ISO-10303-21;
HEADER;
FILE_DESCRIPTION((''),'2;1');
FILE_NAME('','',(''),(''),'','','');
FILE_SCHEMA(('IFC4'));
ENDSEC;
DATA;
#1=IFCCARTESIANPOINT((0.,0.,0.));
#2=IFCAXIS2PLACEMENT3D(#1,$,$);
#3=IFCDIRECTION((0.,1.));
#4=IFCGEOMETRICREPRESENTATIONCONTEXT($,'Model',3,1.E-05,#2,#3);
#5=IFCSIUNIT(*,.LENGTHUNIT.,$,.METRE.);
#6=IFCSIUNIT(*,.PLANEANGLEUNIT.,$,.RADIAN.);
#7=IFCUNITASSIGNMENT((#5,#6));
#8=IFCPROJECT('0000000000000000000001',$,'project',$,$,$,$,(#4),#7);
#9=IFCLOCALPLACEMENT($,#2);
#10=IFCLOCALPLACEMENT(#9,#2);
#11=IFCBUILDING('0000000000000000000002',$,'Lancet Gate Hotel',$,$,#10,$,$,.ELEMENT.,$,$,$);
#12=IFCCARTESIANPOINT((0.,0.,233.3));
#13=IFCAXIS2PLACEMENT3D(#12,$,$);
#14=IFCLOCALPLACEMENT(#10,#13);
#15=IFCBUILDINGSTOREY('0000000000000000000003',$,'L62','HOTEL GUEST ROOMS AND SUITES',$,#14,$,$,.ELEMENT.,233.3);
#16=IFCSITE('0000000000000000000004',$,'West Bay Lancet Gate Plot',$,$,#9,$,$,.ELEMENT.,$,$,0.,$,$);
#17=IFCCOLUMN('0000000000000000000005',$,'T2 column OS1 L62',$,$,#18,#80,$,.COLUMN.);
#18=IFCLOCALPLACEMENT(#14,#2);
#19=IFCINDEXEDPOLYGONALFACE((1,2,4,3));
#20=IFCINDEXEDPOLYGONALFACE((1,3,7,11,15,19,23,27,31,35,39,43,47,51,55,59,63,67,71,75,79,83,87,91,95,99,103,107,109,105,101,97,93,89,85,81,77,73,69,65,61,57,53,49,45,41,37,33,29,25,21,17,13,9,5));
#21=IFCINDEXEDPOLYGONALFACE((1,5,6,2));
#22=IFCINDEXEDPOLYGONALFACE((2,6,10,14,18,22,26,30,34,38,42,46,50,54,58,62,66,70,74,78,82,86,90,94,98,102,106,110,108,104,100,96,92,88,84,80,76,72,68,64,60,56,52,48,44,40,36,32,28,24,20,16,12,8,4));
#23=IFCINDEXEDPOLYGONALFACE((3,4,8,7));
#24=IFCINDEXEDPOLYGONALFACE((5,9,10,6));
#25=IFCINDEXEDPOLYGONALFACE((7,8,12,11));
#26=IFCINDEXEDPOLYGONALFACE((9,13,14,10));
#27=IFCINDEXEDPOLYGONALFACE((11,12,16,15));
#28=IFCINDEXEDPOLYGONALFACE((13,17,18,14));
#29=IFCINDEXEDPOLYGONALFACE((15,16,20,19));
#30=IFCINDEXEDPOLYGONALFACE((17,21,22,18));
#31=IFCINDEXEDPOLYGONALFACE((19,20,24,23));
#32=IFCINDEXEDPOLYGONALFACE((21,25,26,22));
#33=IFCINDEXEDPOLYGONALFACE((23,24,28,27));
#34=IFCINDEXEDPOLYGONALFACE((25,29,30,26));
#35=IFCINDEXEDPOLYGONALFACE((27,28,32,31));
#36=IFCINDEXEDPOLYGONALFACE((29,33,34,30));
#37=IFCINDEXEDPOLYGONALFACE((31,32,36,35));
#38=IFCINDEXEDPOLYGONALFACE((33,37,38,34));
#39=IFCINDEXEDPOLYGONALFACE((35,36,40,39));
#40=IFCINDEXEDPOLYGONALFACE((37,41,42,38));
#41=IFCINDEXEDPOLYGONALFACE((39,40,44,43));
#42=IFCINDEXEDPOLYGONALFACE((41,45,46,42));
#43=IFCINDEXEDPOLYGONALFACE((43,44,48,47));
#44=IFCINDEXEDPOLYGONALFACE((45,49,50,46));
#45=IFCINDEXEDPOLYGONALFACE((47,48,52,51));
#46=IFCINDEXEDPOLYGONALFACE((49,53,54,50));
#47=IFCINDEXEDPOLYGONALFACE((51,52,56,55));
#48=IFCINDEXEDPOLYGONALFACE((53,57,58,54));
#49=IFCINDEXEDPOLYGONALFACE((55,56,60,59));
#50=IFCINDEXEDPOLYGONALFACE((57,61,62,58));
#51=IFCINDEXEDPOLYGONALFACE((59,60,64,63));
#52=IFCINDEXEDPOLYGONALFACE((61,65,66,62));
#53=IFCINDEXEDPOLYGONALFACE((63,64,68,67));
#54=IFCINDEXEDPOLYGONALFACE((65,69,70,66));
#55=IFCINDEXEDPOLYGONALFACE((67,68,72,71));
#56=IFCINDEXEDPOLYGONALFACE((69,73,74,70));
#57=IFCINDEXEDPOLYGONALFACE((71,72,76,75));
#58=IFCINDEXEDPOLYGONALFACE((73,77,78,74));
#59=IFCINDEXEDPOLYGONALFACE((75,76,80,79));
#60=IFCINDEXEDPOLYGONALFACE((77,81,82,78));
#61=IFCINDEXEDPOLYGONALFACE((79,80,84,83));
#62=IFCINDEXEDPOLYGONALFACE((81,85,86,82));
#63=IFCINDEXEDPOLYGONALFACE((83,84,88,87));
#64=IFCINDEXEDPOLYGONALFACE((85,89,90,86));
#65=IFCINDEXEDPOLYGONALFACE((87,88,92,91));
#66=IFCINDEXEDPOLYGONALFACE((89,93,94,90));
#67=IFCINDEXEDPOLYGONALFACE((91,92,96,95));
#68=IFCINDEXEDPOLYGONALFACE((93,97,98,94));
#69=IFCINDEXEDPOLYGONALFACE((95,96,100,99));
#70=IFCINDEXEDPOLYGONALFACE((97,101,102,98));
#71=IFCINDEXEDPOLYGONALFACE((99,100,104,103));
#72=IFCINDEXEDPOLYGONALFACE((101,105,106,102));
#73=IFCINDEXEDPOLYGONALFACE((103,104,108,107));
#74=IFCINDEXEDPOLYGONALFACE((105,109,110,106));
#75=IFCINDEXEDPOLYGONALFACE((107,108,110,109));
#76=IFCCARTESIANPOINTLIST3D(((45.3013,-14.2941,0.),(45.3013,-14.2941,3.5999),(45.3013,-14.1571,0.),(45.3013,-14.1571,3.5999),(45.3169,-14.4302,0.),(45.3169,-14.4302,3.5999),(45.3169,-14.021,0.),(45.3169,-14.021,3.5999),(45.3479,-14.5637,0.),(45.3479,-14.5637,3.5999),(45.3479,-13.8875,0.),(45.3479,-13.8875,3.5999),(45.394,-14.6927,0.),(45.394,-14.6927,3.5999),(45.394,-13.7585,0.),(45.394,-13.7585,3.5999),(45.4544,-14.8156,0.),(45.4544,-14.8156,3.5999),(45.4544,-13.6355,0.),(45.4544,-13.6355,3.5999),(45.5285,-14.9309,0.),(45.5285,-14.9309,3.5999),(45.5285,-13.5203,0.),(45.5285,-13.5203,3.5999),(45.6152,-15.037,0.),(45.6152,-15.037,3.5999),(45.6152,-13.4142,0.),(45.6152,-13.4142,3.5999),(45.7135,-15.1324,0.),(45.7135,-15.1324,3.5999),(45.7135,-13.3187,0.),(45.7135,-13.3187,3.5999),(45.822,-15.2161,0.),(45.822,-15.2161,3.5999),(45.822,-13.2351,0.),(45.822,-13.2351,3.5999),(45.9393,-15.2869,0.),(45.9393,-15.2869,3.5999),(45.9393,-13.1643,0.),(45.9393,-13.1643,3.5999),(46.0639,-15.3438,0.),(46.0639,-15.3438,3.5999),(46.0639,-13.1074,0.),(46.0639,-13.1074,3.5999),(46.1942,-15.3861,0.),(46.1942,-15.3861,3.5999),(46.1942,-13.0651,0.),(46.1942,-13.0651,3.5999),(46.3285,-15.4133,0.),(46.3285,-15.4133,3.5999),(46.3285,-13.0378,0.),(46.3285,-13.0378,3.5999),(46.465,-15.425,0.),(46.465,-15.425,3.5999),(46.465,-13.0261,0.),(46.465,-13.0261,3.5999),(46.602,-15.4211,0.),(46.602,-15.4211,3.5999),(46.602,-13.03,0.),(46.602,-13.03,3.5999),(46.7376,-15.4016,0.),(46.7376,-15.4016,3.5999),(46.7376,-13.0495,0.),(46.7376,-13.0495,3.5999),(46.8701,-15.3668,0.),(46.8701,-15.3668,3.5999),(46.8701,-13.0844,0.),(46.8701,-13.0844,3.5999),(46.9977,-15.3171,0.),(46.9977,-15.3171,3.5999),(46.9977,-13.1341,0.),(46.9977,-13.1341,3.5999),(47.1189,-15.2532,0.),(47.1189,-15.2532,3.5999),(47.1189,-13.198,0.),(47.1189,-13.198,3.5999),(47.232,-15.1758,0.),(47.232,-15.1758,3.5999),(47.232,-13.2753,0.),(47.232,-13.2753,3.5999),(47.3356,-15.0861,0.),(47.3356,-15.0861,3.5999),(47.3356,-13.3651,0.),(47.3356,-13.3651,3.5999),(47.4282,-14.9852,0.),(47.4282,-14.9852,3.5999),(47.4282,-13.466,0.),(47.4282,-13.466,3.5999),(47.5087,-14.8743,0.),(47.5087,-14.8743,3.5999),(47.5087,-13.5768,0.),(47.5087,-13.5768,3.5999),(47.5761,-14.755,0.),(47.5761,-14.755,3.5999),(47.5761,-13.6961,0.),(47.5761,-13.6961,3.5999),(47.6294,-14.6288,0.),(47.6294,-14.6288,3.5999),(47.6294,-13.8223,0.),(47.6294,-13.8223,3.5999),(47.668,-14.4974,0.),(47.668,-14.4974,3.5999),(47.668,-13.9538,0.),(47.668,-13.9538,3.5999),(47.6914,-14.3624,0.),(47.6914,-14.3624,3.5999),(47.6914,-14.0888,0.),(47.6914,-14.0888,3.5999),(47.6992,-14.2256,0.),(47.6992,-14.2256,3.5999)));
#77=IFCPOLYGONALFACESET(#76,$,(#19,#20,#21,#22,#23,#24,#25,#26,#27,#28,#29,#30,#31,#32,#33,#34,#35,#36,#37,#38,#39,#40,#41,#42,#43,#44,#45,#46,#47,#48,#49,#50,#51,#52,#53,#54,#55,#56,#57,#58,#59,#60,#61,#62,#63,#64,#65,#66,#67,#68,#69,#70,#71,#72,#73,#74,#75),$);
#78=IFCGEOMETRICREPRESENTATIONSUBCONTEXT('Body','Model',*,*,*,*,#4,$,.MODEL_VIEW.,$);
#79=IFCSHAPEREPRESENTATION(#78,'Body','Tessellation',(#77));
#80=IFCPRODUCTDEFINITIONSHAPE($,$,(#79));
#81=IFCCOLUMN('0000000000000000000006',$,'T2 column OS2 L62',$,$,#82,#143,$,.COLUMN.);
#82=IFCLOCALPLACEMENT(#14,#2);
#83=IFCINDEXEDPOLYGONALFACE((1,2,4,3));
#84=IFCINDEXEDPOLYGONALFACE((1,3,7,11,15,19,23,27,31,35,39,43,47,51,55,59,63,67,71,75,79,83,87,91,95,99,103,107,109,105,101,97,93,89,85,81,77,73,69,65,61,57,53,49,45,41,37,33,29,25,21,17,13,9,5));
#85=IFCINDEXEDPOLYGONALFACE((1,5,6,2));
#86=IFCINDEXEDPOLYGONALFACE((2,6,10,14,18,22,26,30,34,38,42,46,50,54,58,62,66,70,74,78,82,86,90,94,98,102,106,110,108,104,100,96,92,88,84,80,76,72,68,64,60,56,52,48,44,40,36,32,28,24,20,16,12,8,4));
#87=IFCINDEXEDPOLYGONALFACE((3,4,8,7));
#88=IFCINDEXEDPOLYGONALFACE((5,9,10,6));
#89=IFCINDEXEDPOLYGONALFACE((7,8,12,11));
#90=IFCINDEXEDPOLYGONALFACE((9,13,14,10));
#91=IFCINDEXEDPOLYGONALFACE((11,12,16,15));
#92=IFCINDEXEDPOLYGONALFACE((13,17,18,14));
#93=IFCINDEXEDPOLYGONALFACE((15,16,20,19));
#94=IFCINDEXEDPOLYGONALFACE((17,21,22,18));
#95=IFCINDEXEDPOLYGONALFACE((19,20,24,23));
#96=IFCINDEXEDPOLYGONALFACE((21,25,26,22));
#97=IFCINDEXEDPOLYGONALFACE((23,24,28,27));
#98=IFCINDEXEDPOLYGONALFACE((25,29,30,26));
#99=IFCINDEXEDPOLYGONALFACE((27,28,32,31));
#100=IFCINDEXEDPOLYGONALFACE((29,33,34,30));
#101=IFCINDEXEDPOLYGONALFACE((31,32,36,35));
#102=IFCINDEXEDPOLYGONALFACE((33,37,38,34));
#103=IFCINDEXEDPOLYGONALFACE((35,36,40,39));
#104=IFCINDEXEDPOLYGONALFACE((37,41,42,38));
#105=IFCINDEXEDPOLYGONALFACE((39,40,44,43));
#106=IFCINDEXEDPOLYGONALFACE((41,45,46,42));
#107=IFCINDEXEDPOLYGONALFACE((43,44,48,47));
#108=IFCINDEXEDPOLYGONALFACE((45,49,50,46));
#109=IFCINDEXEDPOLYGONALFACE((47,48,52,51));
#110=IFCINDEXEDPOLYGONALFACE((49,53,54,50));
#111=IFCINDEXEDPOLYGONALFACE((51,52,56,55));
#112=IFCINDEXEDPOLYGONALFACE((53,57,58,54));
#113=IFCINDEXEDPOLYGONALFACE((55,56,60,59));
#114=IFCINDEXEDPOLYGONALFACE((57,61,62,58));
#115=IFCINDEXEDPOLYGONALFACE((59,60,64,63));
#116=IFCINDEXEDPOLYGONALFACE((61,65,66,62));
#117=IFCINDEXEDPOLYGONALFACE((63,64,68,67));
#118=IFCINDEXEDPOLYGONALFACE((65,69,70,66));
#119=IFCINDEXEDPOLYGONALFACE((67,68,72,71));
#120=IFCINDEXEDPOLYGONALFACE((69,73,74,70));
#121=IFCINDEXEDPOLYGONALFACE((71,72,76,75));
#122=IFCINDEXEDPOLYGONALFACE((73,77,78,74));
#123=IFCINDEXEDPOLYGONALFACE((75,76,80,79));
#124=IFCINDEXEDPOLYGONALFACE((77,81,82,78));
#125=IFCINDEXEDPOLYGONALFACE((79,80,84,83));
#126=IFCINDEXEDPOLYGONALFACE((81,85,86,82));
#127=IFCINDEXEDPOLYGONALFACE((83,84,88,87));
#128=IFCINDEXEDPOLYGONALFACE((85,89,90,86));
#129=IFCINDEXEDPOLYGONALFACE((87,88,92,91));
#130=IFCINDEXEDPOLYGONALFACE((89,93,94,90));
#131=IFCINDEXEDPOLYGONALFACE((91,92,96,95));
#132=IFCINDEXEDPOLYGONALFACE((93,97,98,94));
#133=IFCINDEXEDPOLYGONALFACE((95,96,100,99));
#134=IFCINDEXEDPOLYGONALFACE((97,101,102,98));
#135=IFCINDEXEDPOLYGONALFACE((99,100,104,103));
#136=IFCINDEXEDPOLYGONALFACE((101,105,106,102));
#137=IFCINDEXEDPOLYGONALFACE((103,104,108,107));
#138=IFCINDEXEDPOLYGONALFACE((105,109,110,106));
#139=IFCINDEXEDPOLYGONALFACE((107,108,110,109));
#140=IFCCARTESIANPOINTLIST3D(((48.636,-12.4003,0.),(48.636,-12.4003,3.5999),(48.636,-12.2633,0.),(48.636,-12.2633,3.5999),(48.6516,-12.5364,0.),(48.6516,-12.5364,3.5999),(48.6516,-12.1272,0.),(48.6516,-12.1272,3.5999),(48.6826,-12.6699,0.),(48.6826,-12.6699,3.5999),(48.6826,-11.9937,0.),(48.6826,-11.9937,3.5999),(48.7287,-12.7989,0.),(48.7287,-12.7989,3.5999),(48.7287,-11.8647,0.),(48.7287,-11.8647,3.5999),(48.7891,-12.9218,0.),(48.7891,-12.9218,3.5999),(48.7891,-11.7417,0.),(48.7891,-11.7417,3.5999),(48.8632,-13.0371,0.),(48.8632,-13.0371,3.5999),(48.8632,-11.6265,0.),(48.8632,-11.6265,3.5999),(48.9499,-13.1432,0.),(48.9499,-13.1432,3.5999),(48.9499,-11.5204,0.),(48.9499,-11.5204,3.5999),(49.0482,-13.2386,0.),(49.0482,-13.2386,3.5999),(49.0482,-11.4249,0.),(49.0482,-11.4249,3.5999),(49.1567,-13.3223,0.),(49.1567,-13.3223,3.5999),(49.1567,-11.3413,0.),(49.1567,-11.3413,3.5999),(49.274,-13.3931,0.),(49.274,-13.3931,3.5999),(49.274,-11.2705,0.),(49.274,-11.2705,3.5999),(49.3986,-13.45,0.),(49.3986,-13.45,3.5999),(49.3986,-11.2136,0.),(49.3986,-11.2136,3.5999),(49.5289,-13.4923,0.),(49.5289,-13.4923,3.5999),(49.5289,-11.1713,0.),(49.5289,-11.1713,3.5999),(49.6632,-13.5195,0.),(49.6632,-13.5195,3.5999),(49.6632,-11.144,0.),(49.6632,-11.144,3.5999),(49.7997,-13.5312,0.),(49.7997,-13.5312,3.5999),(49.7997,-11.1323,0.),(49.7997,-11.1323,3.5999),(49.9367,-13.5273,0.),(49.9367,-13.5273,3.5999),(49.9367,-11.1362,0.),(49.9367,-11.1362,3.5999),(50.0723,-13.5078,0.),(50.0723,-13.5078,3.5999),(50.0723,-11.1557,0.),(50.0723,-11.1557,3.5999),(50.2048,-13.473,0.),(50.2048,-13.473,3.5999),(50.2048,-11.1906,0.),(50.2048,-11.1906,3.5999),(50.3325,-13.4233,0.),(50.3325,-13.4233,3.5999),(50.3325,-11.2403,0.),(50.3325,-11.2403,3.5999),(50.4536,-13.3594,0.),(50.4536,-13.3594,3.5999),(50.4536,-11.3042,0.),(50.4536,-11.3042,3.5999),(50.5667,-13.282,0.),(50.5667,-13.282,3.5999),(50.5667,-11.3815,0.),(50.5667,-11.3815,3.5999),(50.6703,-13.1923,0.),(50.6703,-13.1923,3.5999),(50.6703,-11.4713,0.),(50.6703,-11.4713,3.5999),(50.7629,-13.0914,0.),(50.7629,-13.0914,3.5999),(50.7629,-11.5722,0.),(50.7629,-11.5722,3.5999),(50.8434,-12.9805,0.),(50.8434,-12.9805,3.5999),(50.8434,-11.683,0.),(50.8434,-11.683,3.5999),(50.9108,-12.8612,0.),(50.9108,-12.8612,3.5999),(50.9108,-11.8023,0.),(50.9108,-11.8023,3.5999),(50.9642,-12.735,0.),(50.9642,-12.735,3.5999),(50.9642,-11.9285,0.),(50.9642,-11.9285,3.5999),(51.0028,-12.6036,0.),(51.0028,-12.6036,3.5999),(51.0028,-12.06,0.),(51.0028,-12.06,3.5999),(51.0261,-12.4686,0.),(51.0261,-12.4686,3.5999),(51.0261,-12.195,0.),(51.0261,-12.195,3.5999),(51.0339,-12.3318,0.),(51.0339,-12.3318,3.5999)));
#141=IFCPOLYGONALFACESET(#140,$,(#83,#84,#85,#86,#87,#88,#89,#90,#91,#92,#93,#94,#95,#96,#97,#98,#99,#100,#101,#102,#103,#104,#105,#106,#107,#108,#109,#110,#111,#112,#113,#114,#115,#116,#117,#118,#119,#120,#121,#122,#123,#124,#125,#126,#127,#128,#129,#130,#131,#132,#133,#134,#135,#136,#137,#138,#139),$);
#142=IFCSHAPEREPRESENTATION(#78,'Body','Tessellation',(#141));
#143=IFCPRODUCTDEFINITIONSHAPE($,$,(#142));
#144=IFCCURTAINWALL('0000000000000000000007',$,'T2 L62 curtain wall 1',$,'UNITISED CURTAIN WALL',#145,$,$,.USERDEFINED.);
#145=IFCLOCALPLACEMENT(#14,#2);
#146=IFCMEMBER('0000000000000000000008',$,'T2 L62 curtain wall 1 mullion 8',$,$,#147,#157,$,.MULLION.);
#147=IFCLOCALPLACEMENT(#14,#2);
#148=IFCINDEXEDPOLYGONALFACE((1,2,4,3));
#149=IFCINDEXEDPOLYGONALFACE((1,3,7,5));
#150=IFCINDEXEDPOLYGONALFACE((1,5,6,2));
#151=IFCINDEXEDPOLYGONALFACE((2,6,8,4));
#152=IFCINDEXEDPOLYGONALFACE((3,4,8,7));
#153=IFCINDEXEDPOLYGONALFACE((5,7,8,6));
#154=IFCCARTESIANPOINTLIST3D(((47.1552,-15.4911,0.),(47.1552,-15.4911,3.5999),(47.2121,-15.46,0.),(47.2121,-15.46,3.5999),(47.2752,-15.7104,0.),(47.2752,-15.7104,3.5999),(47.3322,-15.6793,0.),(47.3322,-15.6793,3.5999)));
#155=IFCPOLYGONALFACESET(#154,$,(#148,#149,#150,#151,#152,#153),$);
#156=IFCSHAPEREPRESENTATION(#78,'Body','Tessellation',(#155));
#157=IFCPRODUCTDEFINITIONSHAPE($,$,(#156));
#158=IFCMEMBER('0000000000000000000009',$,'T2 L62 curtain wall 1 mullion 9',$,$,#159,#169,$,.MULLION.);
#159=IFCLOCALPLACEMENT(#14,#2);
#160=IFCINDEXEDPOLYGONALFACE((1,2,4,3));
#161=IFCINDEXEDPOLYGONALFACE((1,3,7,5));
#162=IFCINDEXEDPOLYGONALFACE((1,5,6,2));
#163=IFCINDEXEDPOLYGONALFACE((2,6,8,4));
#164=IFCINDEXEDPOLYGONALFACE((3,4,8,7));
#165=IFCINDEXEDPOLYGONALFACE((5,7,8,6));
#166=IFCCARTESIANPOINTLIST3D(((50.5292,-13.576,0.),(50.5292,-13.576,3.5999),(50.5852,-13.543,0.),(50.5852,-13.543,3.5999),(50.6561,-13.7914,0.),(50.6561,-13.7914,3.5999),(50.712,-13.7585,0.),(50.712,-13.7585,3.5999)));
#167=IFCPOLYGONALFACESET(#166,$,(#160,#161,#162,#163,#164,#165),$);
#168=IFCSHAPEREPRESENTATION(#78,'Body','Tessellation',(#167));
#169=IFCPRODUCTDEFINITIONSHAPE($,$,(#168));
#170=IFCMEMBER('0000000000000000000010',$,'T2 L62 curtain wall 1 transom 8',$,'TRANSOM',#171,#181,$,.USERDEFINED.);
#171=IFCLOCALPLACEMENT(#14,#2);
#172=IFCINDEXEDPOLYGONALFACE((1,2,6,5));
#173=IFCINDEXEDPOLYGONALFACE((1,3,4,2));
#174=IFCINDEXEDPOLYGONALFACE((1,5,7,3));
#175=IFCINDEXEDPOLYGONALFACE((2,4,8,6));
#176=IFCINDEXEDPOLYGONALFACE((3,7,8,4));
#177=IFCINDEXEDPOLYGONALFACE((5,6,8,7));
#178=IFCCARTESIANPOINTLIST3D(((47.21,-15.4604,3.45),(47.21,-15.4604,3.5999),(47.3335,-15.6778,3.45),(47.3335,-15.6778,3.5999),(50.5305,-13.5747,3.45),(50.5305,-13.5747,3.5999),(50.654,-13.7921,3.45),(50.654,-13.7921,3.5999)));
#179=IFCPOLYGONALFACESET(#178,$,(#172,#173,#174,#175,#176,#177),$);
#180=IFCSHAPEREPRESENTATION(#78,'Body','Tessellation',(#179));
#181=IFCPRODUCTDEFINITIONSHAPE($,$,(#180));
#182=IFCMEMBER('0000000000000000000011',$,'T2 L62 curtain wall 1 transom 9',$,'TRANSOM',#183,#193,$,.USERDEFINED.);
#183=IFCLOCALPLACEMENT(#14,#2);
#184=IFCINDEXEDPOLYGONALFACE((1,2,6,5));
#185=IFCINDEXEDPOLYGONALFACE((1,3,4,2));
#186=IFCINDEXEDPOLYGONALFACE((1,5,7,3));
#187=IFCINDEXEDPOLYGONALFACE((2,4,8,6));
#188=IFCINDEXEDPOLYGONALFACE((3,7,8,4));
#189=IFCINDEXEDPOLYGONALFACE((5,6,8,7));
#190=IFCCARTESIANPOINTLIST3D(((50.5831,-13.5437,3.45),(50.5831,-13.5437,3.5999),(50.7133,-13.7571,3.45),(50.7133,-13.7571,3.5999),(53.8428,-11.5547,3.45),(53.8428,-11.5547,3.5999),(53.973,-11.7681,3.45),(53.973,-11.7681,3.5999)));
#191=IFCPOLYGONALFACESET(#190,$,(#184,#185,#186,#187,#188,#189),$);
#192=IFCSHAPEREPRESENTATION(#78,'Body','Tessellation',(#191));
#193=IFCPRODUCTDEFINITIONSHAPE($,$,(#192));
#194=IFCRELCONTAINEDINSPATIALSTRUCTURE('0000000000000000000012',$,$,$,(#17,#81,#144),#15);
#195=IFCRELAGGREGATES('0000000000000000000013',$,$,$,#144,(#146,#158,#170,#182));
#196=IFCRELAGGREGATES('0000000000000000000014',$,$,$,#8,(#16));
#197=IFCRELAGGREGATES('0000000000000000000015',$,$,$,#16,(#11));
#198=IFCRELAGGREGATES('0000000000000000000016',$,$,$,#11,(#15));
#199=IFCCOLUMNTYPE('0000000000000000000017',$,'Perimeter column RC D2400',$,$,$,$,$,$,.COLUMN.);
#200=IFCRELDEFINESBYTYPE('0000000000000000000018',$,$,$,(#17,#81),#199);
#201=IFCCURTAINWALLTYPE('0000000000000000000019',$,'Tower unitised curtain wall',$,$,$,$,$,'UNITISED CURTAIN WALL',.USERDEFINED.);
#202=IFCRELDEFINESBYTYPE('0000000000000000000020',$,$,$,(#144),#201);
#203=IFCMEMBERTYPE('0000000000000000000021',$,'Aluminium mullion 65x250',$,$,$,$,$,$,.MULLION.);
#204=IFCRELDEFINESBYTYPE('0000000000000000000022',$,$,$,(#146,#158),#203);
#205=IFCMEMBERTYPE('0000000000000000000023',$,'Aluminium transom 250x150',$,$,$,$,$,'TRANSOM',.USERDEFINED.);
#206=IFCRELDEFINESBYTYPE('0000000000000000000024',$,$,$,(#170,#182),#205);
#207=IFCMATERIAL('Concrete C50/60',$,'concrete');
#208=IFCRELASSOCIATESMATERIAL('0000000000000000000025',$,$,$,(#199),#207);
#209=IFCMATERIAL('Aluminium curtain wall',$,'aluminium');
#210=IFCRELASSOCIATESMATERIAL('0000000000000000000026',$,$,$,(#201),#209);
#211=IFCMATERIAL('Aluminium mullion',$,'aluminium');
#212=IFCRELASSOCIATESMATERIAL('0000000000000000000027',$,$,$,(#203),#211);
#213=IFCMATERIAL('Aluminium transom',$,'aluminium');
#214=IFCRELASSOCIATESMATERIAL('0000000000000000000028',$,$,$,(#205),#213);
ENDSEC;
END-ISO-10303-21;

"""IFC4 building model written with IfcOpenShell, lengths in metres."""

from ifc_helpers import new_model, si_unit, direction, frame, origin, origin_2d, place, context, subcontext, project, spatial, rectangle, circle, extrude, material, material_profile, profile_set, type_object, element, aggregate, save


model = new_model("IFC4")

# Units and contexts
model_context = context("Model", 3, precision=1e-05, world=origin(), true_north=direction((0.0, 1.0)))
body_context = subcontext(model_context, "Body", "Model", "MODEL_VIEW")
ifc_project = project(units=[si_unit("LENGTHUNIT", "METRE"), si_unit("PLANEANGLEUNIT", "RADIAN")], contexts=[model_context])

# Site, building, storey
site_placement = place(None, origin())
site = spatial("IfcSite", under=ifc_project, at=site_placement, Name="West Bay Lancet Gate Plot", CompositionType="ELEMENT", RefElevation=0.0)
building_placement = place(site_placement, origin())
building = spatial("IfcBuilding", under=site, at=building_placement, Name="Lancet Gate Hotel", CompositionType="ELEMENT")
storey_placement = place(building_placement, frame((0.0, 0.0, 233.3)))
storey = spatial("IfcBuildingStorey", under=building, at=storey_placement, Name="L62", Description="HOTEL GUEST ROOMS AND SUITES", CompositionType="ELEMENT", Elevation=233.3)

# Columns
ifc_material_1 = material(Name="Concrete C50/60", Category="concrete")
ifc_material_profile_1 = material_profile(ifc_material_1, circle(Radius=1.2, at=origin_2d()), Name="RC D2400")
ifc_profile_set_1 = profile_set([ifc_material_profile_1], Name="Concrete C50/60")
column_type = type_object("IfcColumnType", Name="Perimeter column RC D2400", PredefinedType="COLUMN", material=ifc_profile_set_1)
for number, where, z_axis, x_axis, name in (
    (1, (46.4993, -14.2256, 0.0), (0.0, 0.0, 1.0), (1.0, 0.0, 0.0), "T2 column OS1 L62"),
    (2, (49.834, -12.3318, 0.0), (0.0, 0.0, 1.0), (1.0, 0.0, 0.0), "T2 column OS2 L62"),
):
    element("IfcColumn", number, at=place(storey_placement, frame(where, z_axis=z_axis, x_axis=x_axis)), inside=storey, type_object=column_type, Name=name, PredefinedType="COLUMN", context=body_context, shape_type="SweptSolid", body=[
        extrude(circle(Radius=1.2, at=origin_2d()), origin(), (0.0, 0.0, 1.0), 3.5999),
    ])

# Curtain wall, members
ifc_material_2 = material(Name="Aluminium curtain wall", Category="aluminium")
curtain_wall_type = type_object("IfcCurtainWallType", Name="Tower unitised curtain wall", ElementType="UNITISED CURTAIN WALL", PredefinedType="USERDEFINED", material=ifc_material_2)
curtain_wall_placement = place(storey_placement, origin())
curtain_wall = element("IfcCurtainWall", 3, at=curtain_wall_placement, inside=storey, type_object=curtain_wall_type, Name="T2 L62 curtain wall 1", ObjectType="UNITISED CURTAIN WALL", PredefinedType="USERDEFINED")
ifc_material_3 = material(Name="Aluminium mullion", Category="aluminium")
ifc_material_profile_2 = material_profile(ifc_material_3, rectangle(XDim=0.0649, YDim=0.25, at=origin_2d()), Name="MULLION 65x250")
ifc_profile_set_2 = profile_set([ifc_material_profile_2], Name="Aluminium mullion")
member_type_1 = type_object("IfcMemberType", Name="Aluminium mullion 65x250", PredefinedType="MULLION", material=ifc_profile_set_2)
member_1_placement = place(storey_placement, frame((47.2437, -15.5852, 0.0), z_axis=(0.0, 0.0, 1.0), x_axis=(0.877195, 0.480135, 0.0)))
member_1 = element("IfcMember", 4, at=member_1_placement, type_object=member_type_1, Name="T2 L62 curtain wall 1 mullion 8", PredefinedType="MULLION", context=body_context, shape_type="SweptSolid", body=[
    extrude(rectangle(XDim=0.0649, YDim=0.25, at=origin_2d()), origin(), (0.0, 0.0, 1.0), 3.5999),
])
member_2_placement = place(storey_placement, frame((50.6206, -13.6672, 0.0), z_axis=(0.0, 0.0, 1.0), x_axis=(0.861692, 0.507432, 0.0)))
member_2 = element("IfcMember", 5, at=member_2_placement, type_object=member_type_1, Name="T2 L62 curtain wall 1 mullion 9", PredefinedType="MULLION", context=body_context, shape_type="SweptSolid", body=[
    extrude(rectangle(XDim=0.0649, YDim=0.25, at=origin_2d()), origin(), (0.0, 0.0, 1.0), 3.5999),
])
ifc_material_4 = material(Name="Aluminium transom", Category="aluminium")
ifc_material_profile_3 = material_profile(ifc_material_4, rectangle(XDim=0.25, YDim=0.1499, at=origin_2d()), Name="TRANSOM 250x150")
ifc_profile_set_3 = profile_set([ifc_material_profile_3], Name="Aluminium transom")
member_type_2 = type_object("IfcMemberType", Name="Aluminium transom 250x150", ElementType="TRANSOM", PredefinedType="USERDEFINED", material=ifc_profile_set_3)
member_3_placement = place(storey_placement, frame((47.2717, -15.5691, 3.5249), z_axis=(0.869562, 0.493824, 0.0), x_axis=(-0.493824, 0.869562, 0.0)))
member_3 = element("IfcMember", 6, at=member_3_placement, type_object=member_type_2, Name="T2 L62 curtain wall 1 transom 8", ObjectType="TRANSOM", PredefinedType="USERDEFINED", context=body_context, shape_type="SweptSolid", body=[
    extrude(rectangle(XDim=0.25, YDim=0.1499, at=origin_2d()), origin(), (0.0, 0.0, 1.0), 3.8186),
])
member_4_placement = place(storey_placement, frame((50.6482, -13.6504, 3.5249), z_axis=(0.853639, 0.520865, 0.0), x_axis=(-0.520865, 0.853639, 0.0)))
member_4 = element("IfcMember", 7, at=member_4_placement, type_object=member_type_2, Name="T2 L62 curtain wall 1 transom 9", ObjectType="TRANSOM", PredefinedType="USERDEFINED", context=body_context, shape_type="SweptSolid", body=[
    extrude(rectangle(XDim=0.25, YDim=0.1499, at=origin_2d()), origin(), (0.0, 0.0, 1.0), 3.8186),
])

aggregate(curtain_wall, [member_1, member_2, member_3, member_4])

save(model, "model.ifc")
